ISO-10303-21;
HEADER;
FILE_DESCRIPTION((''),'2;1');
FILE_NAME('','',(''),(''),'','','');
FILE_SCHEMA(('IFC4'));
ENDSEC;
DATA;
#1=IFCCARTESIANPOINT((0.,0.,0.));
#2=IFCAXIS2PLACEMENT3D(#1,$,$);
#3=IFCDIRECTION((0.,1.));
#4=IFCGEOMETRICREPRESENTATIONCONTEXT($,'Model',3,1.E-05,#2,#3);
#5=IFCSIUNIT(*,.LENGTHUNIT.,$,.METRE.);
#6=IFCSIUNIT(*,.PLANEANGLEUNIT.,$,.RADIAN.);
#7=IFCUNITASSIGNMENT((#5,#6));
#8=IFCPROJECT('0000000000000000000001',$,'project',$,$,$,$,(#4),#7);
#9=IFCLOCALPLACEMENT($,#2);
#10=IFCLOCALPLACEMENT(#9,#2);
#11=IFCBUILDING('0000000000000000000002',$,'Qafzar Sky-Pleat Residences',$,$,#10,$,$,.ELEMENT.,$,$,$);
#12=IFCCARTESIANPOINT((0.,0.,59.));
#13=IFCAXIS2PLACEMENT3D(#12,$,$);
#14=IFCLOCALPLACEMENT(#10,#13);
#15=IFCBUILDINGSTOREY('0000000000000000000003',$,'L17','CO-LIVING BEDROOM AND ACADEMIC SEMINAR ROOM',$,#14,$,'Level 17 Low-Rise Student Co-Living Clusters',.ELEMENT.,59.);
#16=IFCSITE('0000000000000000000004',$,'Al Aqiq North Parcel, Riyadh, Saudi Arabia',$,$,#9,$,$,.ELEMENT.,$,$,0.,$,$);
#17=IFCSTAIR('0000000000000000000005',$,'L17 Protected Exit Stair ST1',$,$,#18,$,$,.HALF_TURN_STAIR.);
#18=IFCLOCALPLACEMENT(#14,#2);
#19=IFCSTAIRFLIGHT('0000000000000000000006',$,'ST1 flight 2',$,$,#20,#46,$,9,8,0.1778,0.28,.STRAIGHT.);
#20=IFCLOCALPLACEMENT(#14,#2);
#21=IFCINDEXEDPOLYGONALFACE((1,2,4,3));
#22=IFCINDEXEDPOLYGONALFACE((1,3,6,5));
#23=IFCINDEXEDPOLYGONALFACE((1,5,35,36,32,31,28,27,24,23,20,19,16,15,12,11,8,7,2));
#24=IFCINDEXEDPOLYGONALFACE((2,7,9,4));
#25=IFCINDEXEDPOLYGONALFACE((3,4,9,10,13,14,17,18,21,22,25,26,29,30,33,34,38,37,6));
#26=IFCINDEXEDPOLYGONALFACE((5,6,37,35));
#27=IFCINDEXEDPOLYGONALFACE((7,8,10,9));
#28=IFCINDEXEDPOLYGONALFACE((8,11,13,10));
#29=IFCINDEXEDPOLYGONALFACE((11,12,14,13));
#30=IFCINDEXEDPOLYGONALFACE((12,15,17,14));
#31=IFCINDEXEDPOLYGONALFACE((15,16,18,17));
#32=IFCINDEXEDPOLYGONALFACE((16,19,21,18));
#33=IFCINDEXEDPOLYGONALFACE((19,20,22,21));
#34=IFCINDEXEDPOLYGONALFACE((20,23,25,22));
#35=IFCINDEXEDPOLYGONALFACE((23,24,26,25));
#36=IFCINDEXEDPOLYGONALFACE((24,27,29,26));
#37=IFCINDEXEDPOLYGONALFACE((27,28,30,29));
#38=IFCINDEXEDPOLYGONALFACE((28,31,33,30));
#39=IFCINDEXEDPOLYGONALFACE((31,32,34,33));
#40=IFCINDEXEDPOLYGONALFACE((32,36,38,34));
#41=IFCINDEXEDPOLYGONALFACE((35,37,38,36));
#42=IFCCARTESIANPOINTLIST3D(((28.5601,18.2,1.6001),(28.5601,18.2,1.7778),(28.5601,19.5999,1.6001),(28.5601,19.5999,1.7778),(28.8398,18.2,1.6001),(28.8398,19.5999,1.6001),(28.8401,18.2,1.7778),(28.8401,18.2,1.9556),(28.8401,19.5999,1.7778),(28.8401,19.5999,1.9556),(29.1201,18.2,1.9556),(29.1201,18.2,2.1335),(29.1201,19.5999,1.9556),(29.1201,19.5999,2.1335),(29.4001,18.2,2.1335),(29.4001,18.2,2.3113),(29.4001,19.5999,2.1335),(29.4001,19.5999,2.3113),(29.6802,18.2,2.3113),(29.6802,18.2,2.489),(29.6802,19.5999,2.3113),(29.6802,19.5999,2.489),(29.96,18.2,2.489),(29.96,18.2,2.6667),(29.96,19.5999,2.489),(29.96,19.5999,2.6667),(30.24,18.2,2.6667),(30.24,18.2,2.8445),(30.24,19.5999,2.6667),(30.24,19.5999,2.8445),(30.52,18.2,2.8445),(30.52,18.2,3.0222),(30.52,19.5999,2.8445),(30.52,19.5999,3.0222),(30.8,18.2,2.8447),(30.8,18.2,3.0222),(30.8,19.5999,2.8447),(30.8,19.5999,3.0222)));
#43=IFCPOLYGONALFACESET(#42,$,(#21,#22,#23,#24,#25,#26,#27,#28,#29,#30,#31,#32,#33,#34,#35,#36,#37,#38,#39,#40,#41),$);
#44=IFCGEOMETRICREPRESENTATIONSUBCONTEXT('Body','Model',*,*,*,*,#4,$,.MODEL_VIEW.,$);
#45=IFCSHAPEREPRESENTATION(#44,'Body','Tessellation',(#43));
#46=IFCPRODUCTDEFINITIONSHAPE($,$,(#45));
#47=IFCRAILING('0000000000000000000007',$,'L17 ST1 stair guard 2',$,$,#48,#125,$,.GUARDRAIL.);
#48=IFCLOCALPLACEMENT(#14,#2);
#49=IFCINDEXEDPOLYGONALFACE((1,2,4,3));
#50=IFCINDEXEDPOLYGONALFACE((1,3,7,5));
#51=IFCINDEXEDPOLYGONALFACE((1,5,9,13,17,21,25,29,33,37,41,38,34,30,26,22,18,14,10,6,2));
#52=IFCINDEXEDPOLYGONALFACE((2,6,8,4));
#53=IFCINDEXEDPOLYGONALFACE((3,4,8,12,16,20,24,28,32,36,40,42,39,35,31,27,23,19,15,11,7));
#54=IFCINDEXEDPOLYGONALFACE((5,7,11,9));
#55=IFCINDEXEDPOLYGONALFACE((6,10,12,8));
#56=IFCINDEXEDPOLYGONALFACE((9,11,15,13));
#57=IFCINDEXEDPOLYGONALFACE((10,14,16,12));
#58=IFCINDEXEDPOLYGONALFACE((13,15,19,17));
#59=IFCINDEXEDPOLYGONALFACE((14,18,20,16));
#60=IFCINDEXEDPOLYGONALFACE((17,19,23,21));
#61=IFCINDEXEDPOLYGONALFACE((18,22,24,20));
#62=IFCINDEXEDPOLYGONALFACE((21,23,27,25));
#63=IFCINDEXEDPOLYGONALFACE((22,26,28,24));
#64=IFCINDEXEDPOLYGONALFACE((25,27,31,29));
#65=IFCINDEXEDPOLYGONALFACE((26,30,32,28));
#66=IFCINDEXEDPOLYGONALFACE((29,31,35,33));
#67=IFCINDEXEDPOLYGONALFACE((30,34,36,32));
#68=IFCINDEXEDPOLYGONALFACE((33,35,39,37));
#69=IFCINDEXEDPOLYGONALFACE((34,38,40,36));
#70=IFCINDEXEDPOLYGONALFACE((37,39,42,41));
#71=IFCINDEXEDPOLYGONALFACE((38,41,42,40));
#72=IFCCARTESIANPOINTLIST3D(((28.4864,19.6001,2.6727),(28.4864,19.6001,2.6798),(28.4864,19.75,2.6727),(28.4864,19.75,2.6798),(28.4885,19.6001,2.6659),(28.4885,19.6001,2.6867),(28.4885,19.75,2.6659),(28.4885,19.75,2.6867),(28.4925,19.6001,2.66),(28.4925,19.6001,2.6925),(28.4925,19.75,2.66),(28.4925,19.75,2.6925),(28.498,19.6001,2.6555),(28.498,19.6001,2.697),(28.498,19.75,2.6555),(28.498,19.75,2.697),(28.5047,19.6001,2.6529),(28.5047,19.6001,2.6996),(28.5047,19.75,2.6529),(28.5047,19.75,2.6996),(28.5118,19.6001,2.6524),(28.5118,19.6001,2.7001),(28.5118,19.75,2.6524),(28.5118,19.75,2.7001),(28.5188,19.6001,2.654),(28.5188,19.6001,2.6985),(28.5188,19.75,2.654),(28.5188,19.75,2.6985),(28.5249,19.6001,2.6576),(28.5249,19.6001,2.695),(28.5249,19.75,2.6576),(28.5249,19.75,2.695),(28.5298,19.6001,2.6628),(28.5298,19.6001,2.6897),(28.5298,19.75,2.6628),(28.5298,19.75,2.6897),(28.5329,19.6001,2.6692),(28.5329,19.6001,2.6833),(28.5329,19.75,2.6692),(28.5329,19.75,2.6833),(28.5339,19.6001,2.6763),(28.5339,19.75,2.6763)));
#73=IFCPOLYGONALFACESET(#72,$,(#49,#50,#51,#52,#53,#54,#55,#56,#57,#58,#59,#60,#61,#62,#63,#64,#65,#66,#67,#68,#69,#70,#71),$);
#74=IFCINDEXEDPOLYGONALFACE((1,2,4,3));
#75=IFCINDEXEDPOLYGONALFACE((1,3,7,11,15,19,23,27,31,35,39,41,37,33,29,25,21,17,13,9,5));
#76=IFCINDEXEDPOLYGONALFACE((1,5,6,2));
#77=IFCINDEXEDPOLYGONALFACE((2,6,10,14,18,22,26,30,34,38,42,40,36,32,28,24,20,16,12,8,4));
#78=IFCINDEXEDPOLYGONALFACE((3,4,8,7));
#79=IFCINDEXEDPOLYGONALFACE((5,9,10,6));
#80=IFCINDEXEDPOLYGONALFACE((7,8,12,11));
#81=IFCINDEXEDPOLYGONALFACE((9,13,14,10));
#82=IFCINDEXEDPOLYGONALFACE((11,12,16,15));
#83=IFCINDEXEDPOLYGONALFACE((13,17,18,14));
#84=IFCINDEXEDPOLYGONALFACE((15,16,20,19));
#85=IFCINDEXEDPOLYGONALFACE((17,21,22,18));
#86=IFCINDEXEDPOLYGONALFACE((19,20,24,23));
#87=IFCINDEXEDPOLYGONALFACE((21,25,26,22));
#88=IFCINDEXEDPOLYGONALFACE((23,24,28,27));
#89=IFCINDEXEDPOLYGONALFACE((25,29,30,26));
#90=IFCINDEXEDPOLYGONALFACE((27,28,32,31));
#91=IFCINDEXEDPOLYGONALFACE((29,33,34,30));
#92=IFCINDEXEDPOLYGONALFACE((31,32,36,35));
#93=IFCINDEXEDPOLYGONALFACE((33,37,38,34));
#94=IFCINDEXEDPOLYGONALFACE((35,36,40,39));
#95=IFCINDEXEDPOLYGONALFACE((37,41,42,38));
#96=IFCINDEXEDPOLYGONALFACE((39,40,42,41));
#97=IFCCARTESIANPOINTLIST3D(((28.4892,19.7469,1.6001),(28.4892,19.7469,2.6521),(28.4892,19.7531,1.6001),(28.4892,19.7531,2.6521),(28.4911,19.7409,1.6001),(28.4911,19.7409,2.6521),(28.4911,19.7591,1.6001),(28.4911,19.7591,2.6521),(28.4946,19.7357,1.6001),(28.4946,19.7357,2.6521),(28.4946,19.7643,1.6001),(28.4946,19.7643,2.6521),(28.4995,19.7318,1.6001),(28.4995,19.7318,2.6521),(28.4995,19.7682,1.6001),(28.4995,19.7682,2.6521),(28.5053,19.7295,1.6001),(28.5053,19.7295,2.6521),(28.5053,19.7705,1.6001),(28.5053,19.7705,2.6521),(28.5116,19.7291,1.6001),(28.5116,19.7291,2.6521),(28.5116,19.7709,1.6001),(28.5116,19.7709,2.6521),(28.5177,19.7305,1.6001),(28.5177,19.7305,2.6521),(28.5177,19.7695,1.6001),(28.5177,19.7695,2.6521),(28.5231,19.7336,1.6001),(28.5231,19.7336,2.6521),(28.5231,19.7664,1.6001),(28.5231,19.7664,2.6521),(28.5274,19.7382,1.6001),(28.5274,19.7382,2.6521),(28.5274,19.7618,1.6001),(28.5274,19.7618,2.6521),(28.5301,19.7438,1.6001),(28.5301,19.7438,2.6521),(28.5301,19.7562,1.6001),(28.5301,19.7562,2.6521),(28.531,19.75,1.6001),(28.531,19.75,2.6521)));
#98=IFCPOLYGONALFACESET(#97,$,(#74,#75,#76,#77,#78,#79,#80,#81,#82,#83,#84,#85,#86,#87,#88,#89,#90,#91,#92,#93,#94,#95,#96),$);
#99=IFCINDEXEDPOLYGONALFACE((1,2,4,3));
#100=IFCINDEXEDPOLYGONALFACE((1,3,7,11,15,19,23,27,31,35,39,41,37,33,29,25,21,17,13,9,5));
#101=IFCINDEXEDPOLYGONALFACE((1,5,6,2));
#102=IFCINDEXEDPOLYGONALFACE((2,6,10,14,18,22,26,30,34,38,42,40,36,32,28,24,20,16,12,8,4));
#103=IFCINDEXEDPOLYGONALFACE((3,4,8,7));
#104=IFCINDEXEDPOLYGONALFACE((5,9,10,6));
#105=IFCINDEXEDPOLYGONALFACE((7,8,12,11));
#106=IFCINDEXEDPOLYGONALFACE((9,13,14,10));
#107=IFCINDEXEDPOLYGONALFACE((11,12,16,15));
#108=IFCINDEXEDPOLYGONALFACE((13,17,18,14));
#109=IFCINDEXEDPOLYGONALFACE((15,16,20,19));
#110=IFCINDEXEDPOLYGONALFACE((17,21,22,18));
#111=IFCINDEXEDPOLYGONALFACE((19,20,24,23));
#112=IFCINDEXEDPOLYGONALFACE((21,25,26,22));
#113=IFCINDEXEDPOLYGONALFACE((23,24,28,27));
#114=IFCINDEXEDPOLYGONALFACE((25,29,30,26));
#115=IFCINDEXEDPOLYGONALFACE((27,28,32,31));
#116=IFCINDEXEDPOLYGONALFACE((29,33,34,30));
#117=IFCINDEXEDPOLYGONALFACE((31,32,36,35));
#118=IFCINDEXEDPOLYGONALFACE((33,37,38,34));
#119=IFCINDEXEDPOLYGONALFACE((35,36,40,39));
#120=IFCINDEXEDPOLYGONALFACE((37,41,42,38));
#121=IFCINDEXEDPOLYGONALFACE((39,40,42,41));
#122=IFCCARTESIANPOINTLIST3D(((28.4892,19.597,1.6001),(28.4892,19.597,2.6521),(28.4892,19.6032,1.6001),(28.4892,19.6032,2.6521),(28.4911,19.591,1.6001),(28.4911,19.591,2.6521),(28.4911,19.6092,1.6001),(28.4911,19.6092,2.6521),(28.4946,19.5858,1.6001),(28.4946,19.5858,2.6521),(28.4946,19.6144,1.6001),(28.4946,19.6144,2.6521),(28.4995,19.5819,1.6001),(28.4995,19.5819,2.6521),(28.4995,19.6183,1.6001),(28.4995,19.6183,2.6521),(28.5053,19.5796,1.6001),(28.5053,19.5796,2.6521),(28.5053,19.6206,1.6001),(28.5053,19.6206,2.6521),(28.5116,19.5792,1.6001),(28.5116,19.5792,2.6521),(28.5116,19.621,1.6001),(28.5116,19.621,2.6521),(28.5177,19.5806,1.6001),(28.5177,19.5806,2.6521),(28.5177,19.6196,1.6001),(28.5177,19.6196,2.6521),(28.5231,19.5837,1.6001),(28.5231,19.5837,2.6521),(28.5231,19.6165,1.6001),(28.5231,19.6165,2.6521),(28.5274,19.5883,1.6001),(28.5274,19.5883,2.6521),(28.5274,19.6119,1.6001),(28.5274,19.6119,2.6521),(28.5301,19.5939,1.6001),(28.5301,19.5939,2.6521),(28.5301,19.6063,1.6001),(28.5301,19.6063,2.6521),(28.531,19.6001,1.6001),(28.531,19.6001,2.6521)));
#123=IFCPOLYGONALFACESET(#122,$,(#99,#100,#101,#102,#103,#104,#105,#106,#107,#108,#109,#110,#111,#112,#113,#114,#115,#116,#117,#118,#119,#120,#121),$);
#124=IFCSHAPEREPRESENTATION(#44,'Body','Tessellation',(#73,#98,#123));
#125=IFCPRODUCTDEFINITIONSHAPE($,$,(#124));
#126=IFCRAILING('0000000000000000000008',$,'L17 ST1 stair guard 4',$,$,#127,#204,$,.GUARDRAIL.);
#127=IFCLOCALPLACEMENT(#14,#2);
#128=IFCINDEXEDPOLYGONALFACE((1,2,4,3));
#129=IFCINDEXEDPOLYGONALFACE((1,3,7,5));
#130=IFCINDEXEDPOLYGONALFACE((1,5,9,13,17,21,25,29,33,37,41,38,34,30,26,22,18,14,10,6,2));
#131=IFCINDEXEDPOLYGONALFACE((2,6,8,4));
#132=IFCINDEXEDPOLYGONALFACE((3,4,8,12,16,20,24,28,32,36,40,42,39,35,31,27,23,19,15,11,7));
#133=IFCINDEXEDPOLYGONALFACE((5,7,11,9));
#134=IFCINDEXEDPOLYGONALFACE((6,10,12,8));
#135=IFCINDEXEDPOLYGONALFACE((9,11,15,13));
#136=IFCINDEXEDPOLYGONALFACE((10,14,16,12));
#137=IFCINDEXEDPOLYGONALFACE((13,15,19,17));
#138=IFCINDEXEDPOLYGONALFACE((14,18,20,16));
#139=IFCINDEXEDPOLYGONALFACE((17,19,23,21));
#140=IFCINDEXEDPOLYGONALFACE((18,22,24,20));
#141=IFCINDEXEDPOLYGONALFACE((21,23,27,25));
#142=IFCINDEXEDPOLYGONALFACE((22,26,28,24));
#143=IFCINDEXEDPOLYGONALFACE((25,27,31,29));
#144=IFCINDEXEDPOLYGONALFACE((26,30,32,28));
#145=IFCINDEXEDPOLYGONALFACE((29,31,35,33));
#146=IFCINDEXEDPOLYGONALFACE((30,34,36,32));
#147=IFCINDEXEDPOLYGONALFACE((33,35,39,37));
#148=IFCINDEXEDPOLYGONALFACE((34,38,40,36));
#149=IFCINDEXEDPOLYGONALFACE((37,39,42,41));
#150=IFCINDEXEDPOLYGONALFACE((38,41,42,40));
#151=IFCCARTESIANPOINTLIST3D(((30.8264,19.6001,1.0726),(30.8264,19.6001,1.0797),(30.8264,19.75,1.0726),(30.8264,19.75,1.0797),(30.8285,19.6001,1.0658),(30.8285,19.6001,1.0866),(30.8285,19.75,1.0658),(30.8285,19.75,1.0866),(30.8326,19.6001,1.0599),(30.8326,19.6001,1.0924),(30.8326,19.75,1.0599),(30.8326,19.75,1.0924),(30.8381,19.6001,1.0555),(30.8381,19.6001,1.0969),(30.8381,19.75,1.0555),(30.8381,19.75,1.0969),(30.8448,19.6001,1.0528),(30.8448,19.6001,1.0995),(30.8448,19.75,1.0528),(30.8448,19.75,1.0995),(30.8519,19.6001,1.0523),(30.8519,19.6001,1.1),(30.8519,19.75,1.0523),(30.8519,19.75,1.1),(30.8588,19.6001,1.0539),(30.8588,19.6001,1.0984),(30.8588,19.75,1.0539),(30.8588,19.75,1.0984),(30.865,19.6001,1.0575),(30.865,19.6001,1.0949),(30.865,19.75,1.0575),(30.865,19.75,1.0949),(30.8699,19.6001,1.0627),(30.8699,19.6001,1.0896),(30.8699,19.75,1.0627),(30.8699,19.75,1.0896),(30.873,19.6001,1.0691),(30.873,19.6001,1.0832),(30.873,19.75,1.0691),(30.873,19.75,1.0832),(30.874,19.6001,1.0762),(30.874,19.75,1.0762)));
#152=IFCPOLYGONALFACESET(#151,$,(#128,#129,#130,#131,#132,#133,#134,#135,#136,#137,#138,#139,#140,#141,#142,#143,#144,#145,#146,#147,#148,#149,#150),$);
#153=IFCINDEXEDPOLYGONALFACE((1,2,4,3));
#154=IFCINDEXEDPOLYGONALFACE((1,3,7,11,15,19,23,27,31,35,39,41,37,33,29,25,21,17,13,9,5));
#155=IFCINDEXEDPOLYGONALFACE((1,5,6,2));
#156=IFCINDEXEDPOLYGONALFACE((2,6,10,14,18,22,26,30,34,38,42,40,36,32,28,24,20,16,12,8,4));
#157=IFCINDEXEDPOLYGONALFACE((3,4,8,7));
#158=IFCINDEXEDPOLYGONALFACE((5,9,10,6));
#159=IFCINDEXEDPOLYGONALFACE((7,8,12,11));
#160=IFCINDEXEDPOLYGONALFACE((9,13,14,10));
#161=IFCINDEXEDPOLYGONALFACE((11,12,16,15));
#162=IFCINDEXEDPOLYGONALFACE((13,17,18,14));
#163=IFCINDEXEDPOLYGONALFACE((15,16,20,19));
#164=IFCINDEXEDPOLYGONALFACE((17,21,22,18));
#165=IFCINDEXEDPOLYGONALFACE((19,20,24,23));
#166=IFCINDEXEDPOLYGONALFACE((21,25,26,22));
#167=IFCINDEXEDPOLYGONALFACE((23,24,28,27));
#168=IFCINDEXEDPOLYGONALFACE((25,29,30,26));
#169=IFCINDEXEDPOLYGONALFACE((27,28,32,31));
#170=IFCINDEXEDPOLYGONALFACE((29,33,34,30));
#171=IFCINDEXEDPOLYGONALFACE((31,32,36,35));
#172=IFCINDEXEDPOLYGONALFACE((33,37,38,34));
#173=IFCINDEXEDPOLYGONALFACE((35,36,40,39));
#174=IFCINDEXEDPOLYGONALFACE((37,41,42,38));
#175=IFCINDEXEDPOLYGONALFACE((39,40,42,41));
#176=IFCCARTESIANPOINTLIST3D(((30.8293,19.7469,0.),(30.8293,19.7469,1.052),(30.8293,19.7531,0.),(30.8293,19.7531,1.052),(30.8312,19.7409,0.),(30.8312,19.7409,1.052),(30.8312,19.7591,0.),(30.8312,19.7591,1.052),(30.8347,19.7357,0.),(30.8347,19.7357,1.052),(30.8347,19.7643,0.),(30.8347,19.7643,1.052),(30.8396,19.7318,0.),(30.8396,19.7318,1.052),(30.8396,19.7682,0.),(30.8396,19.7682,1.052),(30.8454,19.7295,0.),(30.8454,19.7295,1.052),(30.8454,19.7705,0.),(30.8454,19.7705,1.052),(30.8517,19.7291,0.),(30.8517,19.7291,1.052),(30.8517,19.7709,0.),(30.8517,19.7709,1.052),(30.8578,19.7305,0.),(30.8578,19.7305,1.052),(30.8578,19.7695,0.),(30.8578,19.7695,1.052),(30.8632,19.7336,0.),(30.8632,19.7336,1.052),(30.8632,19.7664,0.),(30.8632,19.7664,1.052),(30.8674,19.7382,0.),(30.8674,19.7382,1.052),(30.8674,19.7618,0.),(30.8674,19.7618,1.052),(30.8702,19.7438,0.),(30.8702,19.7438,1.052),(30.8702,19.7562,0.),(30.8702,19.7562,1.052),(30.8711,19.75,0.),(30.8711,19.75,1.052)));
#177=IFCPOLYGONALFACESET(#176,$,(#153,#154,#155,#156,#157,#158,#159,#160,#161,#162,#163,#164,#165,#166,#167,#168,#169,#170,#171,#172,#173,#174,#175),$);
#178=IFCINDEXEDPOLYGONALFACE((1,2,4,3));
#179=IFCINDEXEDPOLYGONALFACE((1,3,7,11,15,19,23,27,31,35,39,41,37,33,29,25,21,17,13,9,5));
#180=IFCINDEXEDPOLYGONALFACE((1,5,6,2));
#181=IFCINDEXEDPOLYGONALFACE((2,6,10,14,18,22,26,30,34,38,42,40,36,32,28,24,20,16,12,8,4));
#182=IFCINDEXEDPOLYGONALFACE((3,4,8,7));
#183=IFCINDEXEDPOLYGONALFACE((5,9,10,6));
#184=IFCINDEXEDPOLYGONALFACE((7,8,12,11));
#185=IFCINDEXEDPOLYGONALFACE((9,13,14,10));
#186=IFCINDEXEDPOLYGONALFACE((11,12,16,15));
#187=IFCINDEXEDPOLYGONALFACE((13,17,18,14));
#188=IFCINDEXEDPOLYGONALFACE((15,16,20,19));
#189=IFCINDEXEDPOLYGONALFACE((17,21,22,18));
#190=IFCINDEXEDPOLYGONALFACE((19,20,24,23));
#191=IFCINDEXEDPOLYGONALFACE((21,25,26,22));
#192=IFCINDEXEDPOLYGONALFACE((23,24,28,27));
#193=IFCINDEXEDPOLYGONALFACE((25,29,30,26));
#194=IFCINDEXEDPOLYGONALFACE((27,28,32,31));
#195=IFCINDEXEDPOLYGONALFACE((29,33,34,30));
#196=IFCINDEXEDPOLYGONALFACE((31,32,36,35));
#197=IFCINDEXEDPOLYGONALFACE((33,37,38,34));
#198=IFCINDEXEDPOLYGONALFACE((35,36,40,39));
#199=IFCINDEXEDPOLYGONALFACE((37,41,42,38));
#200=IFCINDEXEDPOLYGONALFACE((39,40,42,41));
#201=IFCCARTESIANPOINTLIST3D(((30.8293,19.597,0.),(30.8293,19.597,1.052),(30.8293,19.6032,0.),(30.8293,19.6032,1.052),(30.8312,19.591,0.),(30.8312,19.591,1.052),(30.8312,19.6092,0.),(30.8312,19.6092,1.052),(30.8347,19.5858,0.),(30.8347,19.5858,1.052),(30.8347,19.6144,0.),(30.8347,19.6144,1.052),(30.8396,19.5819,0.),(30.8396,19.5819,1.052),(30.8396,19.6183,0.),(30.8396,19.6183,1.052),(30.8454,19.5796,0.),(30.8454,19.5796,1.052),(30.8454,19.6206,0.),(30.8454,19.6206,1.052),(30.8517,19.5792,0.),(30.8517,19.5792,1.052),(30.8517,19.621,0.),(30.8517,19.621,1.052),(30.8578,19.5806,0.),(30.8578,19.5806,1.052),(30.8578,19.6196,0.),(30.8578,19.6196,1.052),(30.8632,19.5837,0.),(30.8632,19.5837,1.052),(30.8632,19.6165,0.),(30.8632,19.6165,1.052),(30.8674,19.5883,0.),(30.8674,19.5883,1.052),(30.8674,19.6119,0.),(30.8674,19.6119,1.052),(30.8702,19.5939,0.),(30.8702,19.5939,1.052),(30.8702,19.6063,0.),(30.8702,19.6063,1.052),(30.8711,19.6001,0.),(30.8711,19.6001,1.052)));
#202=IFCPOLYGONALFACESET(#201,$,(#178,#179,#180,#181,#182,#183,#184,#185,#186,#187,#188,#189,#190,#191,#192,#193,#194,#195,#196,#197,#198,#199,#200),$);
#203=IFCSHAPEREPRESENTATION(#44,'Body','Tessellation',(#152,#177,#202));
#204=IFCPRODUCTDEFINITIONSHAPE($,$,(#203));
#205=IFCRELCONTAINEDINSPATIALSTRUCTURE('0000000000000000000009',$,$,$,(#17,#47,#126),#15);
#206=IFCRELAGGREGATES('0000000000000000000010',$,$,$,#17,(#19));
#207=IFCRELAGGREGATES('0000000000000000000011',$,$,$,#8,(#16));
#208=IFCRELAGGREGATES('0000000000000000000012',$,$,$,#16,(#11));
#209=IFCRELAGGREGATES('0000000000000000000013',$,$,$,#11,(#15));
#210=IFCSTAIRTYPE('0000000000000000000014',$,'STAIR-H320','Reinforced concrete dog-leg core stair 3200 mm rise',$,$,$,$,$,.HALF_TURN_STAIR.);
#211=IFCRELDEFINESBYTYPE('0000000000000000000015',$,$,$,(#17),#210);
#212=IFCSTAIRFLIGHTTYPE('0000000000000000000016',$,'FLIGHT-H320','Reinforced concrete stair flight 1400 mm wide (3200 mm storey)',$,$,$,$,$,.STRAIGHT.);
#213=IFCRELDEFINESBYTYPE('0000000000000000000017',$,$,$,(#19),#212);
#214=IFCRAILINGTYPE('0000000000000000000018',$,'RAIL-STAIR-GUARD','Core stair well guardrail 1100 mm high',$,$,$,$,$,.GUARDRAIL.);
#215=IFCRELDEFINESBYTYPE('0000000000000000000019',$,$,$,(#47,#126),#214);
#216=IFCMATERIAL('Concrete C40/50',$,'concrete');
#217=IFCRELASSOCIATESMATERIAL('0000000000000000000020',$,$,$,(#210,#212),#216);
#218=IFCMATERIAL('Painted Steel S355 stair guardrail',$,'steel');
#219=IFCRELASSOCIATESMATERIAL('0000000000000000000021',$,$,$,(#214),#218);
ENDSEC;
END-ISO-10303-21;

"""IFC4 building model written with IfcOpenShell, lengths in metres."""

from ifc_helpers import new_model, si_unit, direction, frame, origin, origin_2d, place, context, subcontext, project, spatial, polyline, circle, outline, extrude, source, transform, mapped, material, type_object, element, aggregate, save


model = new_model("IFC4")

# Units and contexts
model_context = context("Model", 3, precision=1e-05, world=origin(), true_north=direction((0.0, 1.0)))
body_context = subcontext(model_context, "Body", "Model", "MODEL_VIEW")
ifc_project = project(units=[si_unit("LENGTHUNIT", "METRE"), si_unit("PLANEANGLEUNIT", "RADIAN")], contexts=[model_context])

# Site, building, storey
site_placement = place(None, origin())
site = spatial("IfcSite", under=ifc_project, at=site_placement, Name="Al Aqiq North Parcel, Riyadh, Saudi Arabia", CompositionType="ELEMENT", RefElevation=0.0)
building_placement = place(site_placement, origin())
building = spatial("IfcBuilding", under=site, at=building_placement, Name="Qafzar Sky-Pleat Residences", CompositionType="ELEMENT")
storey_placement = place(building_placement, frame((0.0, 0.0, 59.0)))
storey = spatial("IfcBuildingStorey", under=building, at=storey_placement, Name="L17", Description="CO-LIVING BEDROOM AND ACADEMIC SEMINAR ROOM", LongName="Level 17 Low-Rise Student Co-Living Clusters", CompositionType="ELEMENT", Elevation=59.0)

# Stair, stair flight
ifc_material_1 = material(Name="Concrete C40/50", Category="concrete")
stair_type = type_object("IfcStairType", Name="STAIR-H320", Description="Reinforced concrete dog-leg core stair 3200 mm rise", PredefinedType="HALF_TURN_STAIR", material=ifc_material_1)
stair_placement = place(storey_placement, origin())
stair = element("IfcStair", 1, at=stair_placement, inside=storey, type_object=stair_type, Name="L17 Protected Exit Stair ST1", PredefinedType="HALF_TURN_STAIR")
stair_flight_type = type_object("IfcStairFlightType", Name="FLIGHT-H320", Description="Reinforced concrete stair flight 1400 mm wide (3200 mm storey)", PredefinedType="STRAIGHT", material=ifc_material_1)
shared_shape_1 = source(origin(), body_context, "Body", "SweptSolid", [
    extrude(outline(polyline([(0.0, 0.0), (0.0, 0.1777), (0.28, 0.1777), (0.28, 0.3555), (0.5601, 0.3555), (0.5601, 0.5334), (0.8401, 0.5334), (0.8401, 0.7112), (1.1201, 0.7112), (1.1201, 0.8889), (1.3999, 0.8889), (1.3999, 1.0667), (1.6799, 1.0667), (1.6799, 1.2444), (1.96, 1.2444), (1.96, 1.4221), (2.24, 1.4221), (2.24, 1.6001), (2.24, 1.2446), (0.2798, 0.0), (0.0, 0.0)])), frame((0.0, 0.7, 0.0), z_axis=(0.0, -1.0, 0.0), x_axis=(1.0, 0.0, 0.0)), (0.0, 0.0, 1.0), 1.3999),
])
stair_flight_1_placement = place(storey_placement, frame((28.5601, 18.8999, 1.6001), z_axis=(0.0, 0.0, 1.0), x_axis=(1.0, 0.0, 0.0)))
stair_flight_1 = element("IfcStairFlight", 2, at=stair_flight_1_placement, type_object=stair_flight_type, Name="ST1 flight 2", NumberOfRisers=9, NumberOfTreads=8, PredefinedType="STRAIGHT", RiserHeight=0.1778, TreadLength=0.28, context=body_context, shape_type="MappedRepresentation", body=[
    mapped(shared_shape_1, transform((0.0, 0.0, 0.0), x_axis=(1.0, 0.0, 0.0), y_axis=(0.0, 1.0, 0.0), z_axis=(0.0, 0.0, 1.0), scale=1.0)),
])
aggregate(stair, [stair_flight_1])

# Railings
ifc_material_2 = material(Name="Painted Steel S355 stair guardrail", Category="steel")
railing_type_1 = type_object("IfcRailingType", Name="RAIL-STAIR-GUARD", Description="Core stair well guardrail 1100 mm high", PredefinedType="GUARDRAIL", material=ifc_material_2)
shared_shape_2 = source(origin(), body_context, "Body", "SweptSolid", [
    extrude(circle(Radius=0.0239, at=origin_2d()), frame((0.0, 0.0, 1.0762), z_axis=(0.0, -1.0, 0.0), x_axis=(1.0, 0.0, 0.0)), (0.0, 0.0, 1.0), 0.1499),
    extrude(circle(Radius=0.021, at=origin_2d()), origin(), (0.0, 0.0, 1.0), 1.052),
    extrude(circle(Radius=0.021, at=origin_2d()), frame((0.0, -0.1499, 0.0)), (0.0, 0.0, 1.0), 1.052),
])
for number, where, name in (
    (3, (28.51, 19.75, 1.6001), "L17 ST1 stair guard 2"),
    (4, (30.8501, 19.75, 0.0), "L17 ST1 stair guard 4"),
):
    element("IfcRailing", number, at=place(storey_placement, frame(where)), inside=storey, type_object=railing_type_1, Name=name, PredefinedType="GUARDRAIL", context=body_context, shape_type="MappedRepresentation", body=[
        mapped(shared_shape_2, transform((0.0, 0.0, 0.0), x_axis=(1.0, 0.0, 0.0), y_axis=(0.0, 1.0, 0.0), z_axis=(0.0, 0.0, 1.0), scale=1.0)),
    ])

save(model, "model.ifc")
